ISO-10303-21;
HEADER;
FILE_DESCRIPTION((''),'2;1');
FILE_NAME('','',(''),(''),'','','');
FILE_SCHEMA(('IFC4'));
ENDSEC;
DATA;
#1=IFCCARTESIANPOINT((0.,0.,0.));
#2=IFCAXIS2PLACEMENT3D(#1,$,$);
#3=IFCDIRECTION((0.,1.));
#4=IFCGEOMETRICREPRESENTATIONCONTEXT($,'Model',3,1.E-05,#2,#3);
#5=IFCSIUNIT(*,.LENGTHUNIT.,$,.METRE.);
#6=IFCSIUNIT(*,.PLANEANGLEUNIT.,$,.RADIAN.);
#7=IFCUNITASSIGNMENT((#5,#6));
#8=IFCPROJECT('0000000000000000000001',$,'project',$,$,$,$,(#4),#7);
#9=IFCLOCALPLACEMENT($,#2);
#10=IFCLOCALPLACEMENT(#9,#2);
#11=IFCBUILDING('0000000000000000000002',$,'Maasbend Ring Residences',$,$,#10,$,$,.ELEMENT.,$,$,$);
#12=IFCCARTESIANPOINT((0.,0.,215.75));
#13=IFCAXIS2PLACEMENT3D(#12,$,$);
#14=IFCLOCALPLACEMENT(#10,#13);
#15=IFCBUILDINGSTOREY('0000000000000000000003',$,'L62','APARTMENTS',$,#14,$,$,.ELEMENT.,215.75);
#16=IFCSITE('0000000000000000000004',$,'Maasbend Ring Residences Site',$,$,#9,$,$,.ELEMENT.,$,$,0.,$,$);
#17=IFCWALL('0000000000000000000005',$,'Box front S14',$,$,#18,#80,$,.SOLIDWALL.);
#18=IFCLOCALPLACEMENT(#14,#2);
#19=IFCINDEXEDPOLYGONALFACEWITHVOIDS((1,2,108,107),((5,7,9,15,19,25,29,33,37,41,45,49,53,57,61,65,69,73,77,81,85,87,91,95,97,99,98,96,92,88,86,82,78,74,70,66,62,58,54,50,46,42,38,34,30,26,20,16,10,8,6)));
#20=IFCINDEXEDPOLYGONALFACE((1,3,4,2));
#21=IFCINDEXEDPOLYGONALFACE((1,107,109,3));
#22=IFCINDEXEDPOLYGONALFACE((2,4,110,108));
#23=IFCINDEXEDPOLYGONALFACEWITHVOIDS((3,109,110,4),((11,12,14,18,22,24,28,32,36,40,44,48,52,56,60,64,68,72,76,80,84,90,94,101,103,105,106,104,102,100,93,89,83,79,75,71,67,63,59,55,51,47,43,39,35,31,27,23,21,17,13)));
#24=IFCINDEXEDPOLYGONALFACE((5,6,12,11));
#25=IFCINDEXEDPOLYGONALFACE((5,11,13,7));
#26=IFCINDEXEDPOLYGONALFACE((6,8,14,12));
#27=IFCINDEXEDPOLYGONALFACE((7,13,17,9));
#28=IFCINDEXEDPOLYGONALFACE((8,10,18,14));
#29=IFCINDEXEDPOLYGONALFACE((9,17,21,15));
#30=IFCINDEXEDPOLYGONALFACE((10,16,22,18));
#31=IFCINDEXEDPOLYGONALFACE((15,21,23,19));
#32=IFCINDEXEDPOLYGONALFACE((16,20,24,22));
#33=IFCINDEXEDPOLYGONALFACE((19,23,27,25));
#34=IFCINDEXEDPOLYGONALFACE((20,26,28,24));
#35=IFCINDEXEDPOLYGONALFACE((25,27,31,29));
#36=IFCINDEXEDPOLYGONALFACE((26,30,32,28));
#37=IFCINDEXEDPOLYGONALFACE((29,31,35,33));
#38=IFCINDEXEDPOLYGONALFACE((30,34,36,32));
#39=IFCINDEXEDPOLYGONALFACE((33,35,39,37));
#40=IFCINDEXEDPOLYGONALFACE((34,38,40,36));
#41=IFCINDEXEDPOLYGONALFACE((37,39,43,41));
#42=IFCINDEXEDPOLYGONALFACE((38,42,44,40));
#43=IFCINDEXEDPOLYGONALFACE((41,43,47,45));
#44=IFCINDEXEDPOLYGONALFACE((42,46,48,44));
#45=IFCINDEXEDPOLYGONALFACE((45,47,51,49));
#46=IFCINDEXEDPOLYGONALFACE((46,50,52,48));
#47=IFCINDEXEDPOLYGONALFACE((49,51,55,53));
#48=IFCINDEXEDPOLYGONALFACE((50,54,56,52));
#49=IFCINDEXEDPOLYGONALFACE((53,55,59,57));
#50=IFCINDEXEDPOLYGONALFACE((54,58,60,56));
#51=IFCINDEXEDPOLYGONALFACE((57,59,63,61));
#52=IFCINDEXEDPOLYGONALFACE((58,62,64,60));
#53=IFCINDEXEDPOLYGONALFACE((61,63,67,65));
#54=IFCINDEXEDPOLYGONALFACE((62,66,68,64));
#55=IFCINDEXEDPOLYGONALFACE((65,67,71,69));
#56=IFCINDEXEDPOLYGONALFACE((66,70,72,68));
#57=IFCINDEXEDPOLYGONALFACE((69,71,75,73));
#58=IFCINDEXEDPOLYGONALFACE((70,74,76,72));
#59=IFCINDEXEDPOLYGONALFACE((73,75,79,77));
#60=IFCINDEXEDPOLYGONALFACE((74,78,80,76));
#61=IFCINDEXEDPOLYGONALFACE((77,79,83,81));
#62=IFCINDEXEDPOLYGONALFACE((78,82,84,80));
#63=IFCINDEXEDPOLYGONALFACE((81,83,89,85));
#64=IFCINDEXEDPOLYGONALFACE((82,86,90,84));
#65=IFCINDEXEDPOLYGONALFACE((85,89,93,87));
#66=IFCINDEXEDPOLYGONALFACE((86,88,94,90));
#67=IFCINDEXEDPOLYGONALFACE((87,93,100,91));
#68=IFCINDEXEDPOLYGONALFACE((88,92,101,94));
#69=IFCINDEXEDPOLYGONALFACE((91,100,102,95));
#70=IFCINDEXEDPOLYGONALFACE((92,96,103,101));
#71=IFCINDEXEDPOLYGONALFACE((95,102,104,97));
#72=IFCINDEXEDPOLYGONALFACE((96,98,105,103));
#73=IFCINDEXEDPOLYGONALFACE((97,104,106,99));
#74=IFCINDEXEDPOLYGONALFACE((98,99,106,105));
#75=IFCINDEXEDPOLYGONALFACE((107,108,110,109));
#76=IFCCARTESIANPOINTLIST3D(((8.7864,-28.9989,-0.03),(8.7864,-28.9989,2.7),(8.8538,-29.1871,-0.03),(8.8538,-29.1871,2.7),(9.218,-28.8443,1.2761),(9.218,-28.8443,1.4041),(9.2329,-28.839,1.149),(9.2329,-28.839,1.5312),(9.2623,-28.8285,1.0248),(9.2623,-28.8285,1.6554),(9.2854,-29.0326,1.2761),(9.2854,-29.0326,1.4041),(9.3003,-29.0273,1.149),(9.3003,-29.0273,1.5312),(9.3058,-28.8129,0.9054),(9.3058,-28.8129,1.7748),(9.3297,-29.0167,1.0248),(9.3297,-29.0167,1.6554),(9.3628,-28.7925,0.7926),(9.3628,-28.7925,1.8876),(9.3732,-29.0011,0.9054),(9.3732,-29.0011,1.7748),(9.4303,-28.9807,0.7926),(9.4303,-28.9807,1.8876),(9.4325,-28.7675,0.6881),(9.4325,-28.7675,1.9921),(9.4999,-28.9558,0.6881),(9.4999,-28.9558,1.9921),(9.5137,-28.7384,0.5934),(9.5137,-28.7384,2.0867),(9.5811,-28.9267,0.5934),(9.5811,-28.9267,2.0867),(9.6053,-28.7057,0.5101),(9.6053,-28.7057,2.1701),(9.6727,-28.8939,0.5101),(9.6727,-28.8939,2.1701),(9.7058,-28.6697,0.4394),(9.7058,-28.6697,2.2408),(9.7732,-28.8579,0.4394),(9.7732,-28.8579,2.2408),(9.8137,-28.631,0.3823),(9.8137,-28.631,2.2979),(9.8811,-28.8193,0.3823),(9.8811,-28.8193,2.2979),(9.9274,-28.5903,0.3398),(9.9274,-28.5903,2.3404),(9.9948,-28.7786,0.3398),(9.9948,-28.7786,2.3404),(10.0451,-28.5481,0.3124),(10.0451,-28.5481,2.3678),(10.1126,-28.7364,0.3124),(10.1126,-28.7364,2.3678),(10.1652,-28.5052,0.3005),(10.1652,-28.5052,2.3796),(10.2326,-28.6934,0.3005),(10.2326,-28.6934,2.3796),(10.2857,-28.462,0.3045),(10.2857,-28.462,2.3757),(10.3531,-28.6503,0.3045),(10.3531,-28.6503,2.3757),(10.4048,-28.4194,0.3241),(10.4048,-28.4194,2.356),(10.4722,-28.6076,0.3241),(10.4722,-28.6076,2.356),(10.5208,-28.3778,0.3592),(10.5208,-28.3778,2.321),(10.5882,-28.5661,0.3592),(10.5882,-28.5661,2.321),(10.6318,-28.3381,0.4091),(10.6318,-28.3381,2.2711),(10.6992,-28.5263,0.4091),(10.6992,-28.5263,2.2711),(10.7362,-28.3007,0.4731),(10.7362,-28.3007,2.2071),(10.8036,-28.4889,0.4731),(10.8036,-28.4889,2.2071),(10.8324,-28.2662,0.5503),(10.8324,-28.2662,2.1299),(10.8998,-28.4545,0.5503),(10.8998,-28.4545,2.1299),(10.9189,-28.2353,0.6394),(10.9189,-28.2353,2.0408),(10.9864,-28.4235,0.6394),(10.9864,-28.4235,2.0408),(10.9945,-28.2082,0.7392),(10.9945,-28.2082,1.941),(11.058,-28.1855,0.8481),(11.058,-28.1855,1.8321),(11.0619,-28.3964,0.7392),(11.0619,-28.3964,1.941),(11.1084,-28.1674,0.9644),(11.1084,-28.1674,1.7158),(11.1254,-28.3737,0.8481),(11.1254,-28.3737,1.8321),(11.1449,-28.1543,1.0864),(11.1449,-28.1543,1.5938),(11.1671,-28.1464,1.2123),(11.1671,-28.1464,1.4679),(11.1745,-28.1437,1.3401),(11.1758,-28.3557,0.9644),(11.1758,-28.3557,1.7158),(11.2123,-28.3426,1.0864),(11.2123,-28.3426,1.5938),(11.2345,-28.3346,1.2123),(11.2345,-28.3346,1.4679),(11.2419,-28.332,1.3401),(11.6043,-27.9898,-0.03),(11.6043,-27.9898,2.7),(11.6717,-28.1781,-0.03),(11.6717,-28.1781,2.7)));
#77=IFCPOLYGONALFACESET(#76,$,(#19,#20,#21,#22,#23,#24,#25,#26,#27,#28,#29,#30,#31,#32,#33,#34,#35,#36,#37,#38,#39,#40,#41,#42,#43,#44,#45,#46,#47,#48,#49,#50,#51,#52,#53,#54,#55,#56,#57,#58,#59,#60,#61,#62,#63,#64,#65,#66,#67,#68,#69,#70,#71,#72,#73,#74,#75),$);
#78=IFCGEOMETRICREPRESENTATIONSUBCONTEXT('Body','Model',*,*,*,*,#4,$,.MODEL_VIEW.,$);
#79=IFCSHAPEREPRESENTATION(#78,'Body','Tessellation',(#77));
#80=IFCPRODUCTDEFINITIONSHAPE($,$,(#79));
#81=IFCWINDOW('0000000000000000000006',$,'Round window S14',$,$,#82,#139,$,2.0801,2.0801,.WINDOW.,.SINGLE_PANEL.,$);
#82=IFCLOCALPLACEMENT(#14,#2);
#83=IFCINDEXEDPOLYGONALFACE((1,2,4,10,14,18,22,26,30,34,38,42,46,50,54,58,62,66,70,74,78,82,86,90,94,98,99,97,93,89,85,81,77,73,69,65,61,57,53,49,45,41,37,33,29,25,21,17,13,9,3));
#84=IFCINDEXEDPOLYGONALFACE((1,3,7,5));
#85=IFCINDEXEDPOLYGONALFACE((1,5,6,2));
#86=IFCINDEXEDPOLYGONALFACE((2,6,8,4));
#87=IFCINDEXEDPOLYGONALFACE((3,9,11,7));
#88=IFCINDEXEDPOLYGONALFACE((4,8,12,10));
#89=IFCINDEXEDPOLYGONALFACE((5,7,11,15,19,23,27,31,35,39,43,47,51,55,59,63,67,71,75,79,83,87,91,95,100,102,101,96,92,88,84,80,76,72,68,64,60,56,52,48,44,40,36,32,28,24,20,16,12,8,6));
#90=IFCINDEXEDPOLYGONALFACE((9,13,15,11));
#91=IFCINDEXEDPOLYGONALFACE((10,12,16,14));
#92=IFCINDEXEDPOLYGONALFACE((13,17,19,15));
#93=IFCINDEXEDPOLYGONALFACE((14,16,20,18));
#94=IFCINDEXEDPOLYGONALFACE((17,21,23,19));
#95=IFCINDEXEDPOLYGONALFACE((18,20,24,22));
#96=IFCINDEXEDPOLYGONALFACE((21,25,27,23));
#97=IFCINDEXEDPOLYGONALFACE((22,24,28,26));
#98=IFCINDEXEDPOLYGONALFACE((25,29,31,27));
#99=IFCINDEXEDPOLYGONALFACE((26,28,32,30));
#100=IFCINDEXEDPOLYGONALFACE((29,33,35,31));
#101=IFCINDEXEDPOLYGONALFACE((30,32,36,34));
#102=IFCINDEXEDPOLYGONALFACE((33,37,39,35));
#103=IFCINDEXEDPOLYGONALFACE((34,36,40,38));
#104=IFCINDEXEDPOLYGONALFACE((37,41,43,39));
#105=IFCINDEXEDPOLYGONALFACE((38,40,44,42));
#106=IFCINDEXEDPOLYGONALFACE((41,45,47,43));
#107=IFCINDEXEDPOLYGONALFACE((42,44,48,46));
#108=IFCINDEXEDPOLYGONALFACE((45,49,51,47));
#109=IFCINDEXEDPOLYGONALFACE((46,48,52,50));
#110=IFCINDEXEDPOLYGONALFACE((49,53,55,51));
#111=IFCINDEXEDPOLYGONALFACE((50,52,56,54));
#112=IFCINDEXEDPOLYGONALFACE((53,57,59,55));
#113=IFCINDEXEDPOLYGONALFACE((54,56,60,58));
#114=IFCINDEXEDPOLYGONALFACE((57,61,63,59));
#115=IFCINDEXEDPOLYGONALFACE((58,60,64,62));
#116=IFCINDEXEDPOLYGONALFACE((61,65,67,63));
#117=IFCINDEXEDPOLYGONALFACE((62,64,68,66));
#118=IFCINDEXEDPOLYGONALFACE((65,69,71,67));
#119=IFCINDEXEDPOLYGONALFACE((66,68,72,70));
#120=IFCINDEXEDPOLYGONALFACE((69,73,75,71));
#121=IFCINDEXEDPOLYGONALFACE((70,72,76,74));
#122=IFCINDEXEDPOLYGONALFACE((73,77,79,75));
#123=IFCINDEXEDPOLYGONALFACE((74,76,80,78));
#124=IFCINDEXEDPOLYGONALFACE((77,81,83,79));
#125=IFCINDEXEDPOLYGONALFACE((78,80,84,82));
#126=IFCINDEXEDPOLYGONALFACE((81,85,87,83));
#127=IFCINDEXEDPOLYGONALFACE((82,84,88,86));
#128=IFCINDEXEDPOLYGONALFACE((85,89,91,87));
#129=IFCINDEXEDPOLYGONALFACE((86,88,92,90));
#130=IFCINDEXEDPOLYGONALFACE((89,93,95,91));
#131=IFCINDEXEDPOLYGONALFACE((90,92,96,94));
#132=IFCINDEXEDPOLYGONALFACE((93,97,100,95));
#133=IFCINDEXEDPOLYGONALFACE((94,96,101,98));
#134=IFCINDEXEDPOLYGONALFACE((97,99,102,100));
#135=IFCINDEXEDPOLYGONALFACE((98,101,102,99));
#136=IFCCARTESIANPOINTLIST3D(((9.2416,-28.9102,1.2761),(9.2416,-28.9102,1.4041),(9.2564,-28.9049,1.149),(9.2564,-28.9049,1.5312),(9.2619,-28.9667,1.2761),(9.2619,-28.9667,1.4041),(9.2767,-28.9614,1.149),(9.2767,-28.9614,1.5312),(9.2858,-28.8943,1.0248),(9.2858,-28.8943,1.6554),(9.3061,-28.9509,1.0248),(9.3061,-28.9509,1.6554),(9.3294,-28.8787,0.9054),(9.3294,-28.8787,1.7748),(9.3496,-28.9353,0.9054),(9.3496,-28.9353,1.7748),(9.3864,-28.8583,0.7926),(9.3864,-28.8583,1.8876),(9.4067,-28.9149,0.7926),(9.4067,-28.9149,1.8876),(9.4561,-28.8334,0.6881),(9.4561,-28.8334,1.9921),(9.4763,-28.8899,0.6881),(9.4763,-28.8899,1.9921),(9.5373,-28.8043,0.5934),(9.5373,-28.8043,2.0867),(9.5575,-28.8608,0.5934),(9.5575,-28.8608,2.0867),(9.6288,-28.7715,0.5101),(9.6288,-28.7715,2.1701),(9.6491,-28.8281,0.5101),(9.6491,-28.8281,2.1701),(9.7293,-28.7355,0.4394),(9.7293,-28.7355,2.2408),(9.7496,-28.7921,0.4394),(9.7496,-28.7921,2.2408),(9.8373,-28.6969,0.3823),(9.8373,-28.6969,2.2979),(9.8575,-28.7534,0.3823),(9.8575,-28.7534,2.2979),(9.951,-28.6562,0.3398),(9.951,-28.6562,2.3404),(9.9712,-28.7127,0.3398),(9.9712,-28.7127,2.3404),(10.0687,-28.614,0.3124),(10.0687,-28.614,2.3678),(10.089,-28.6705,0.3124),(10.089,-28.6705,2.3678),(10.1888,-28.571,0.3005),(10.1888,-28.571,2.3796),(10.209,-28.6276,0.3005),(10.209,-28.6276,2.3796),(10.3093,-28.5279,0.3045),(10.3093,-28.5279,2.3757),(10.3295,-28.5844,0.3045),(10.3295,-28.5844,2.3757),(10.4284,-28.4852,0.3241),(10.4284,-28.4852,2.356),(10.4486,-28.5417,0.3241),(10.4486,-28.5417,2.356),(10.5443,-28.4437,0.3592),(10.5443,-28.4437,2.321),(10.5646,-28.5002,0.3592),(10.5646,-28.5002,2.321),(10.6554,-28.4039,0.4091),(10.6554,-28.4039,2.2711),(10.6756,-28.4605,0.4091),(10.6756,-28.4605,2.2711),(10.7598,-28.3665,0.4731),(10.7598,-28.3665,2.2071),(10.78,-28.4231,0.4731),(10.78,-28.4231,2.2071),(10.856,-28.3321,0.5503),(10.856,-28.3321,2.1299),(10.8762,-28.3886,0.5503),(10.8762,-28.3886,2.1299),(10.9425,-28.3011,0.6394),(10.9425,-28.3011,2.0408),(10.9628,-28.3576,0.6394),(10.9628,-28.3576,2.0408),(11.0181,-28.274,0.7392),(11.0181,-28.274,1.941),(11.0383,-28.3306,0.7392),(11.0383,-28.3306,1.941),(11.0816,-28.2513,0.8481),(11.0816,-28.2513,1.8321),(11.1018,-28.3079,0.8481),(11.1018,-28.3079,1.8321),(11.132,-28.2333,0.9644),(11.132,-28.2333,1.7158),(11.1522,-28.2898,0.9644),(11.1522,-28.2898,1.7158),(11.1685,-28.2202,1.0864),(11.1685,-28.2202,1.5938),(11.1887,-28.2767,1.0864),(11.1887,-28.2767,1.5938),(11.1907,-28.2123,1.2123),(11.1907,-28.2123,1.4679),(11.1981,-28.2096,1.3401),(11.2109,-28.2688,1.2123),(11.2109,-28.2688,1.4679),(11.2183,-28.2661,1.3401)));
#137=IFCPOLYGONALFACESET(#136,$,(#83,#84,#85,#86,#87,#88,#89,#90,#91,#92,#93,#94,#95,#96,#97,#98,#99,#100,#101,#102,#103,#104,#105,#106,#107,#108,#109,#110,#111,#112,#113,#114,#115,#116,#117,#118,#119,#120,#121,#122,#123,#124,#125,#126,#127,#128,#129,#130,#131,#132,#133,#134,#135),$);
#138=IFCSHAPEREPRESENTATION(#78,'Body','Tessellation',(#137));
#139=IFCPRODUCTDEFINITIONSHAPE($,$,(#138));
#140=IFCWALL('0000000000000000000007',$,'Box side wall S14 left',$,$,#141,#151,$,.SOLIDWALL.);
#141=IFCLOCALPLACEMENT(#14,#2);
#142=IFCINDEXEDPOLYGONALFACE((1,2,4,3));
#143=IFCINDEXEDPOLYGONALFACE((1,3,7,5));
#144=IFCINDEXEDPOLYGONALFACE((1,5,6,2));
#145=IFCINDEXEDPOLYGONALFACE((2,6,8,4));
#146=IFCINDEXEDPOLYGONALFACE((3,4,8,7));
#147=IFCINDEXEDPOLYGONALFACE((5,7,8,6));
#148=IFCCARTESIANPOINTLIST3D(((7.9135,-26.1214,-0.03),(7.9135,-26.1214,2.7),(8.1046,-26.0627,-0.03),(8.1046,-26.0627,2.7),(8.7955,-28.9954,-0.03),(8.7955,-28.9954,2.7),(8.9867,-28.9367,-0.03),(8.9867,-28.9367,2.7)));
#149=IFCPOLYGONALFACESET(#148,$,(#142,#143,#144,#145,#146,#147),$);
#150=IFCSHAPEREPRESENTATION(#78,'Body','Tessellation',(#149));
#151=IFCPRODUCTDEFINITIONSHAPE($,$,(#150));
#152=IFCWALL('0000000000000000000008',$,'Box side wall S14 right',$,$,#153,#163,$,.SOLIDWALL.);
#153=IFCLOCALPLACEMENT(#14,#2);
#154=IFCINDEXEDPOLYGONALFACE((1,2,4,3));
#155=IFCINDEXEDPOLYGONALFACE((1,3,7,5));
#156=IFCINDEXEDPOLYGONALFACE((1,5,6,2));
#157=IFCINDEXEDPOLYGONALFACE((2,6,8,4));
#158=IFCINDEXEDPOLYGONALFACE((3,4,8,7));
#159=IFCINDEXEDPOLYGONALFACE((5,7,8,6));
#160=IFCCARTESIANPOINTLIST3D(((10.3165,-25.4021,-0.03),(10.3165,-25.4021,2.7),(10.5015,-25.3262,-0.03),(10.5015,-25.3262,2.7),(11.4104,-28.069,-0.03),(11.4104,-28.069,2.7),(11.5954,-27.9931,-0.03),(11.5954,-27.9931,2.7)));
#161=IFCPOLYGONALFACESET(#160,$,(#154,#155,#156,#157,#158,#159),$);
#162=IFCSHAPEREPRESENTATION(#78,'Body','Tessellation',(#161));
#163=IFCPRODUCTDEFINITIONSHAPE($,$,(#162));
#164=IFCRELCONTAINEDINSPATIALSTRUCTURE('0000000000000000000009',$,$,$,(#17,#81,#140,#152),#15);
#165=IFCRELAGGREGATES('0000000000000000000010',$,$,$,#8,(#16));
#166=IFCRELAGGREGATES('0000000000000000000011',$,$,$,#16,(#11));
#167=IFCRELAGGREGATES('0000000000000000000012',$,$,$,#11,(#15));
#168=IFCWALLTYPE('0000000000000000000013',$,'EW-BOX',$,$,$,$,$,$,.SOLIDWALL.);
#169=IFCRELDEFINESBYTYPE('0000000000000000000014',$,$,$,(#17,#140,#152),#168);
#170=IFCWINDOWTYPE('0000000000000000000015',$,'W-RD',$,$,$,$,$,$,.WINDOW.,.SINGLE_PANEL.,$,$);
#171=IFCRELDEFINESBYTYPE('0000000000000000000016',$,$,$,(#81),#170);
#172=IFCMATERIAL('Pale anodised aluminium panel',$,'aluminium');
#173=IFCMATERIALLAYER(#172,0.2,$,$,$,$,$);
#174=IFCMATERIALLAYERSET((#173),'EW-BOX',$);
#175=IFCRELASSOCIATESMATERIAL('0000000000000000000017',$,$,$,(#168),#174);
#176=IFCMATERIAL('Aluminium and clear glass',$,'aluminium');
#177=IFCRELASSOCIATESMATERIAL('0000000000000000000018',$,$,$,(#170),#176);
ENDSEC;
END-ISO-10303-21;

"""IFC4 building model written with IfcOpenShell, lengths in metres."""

from ifc_helpers import new_model, si_unit, direction, frame, frame_2d, origin, place, context, subcontext, project, spatial, rectangle, circle, extrude, material, layer, layer_set, type_object, element, fill, save


model = new_model("IFC4")

# Units and contexts
model_context = context("Model", 3, precision=1e-05, world=origin(), true_north=direction((0.0, 1.0)))
body_context = subcontext(model_context, "Body", "Model", "MODEL_VIEW")
ifc_project = project(units=[si_unit("LENGTHUNIT", "METRE"), si_unit("PLANEANGLEUNIT", "RADIAN")], contexts=[model_context])

# Site, building, storey
site_placement = place(None, origin())
site = spatial("IfcSite", under=ifc_project, at=site_placement, Name="Maasbend Ring Residences Site", CompositionType="ELEMENT", RefElevation=0.0)
building_placement = place(site_placement, origin())
building = spatial("IfcBuilding", under=site, at=building_placement, Name="Maasbend Ring Residences", CompositionType="ELEMENT")
storey_placement = place(building_placement, frame((0.0, 0.0, 215.75)))
storey = spatial("IfcBuildingStorey", under=building, at=storey_placement, Name="L62", Description="APARTMENTS", CompositionType="ELEMENT", Elevation=215.75)

# Shared definitions
ifc_material_1 = material(Name="Pale anodised aluminium panel", Category="aluminium")
ifc_layer_1 = layer(ifc_material_1, 0.2)
ifc_layer_set_1 = layer_set([ifc_layer_1], Name="EW-BOX")
wall_type_1 = type_object("IfcWallType", Name="EW-BOX", PredefinedType="SOLIDWALL", material=ifc_layer_set_1)
ifc_material_2 = material(Name="Aluminium and clear glass", Category="aluminium")
window_type_1 = type_object("IfcWindowType", Name="W-RD", PartitioningType="SINGLE_PANEL", PredefinedType="WINDOW", material=ifc_material_2)

# Wall, opening, window
wall_1_placement = place(storey_placement, frame((8.8201, -29.093, -0.03), z_axis=(0.0, 0.0, 1.0), x_axis=(0.941461, 0.337122, 0.0)))
wall_1 = element("IfcWall", 1, at=wall_1_placement, inside=storey, type_object=wall_type_1, Name="Box front S14", PredefinedType="SOLIDWALL", context=body_context, shape_type="SweptSolid", body=[
    extrude(rectangle(XDim=2.9932, YDim=0.2, at=frame_2d((1.4966, 0.0))), origin(), (0.0, 0.0, 1.0), 2.73),
])
opening_1_placement = place(wall_1_placement, frame((0.4565, 0.0, 0.3301)))
opening_1 = element("IfcOpeningElement", 2, at=opening_1_placement, cuts=wall_1, PredefinedType="OPENING", context=body_context, shape_type="SweptSolid", body=[
    extrude(circle(Radius=1.04, at=frame_2d((1.04, 1.04))), frame((0.0, 0.1099, 0.0), z_axis=(0.0, -1.0, 0.0), x_axis=(1.0, 0.0, 0.0)), (0.0, 0.0, 1.0), 0.22),
])
window_1_placement = place(opening_1_placement, origin())
window_1 = element("IfcWindow", 3, at=window_1_placement, inside=storey, type_object=window_type_1, Name="Round window S14", OverallHeight=2.0801, OverallWidth=2.0801, PartitioningType="SINGLE_PANEL", PredefinedType="WINDOW", context=body_context, shape_type="SweptSolid", body=[
    extrude(circle(Radius=1.04, at=frame_2d((1.04, 1.04))), frame((0.0, 0.03, 0.0), z_axis=(0.0, -1.0, 0.0), x_axis=(1.0, 0.0, 0.0)), (0.0, 0.0, 1.0), 0.0601),
])
fill(opening_1, window_1)

# Walls
wall_2_placement = place(storey_placement, frame((8.009, -26.092, -0.03), z_axis=(0.0, 0.0, 1.0), x_axis=(0.293407, -0.955988, 0.0)))
element("IfcWall", 4, at=wall_2_placement, inside=storey, type_object=wall_type_1, Name="Box side wall S14 left", PredefinedType="SOLIDWALL", context=body_context, shape_type="SweptSolid", body=[
    extrude(rectangle(XDim=3.0063, YDim=0.2, at=frame_2d((1.5032, 0.0))), origin(), (0.0, 0.0, 1.0), 2.73),
])
wall_3_placement = place(storey_placement, frame((10.4089, -25.364, -0.03), z_axis=(0.0, 0.0, 1.0), x_axis=(0.37951, -0.925188, 0.0)))
element("IfcWall", 5, at=wall_3_placement, inside=storey, type_object=wall_type_1, Name="Box side wall S14 right", PredefinedType="SOLIDWALL", context=body_context, shape_type="SweptSolid", body=[
    extrude(rectangle(XDim=2.8826, YDim=0.2, at=frame_2d((1.4414, 0.0))), origin(), (0.0, 0.0, 1.0), 2.73),
])

save(model, "model.ifc")
